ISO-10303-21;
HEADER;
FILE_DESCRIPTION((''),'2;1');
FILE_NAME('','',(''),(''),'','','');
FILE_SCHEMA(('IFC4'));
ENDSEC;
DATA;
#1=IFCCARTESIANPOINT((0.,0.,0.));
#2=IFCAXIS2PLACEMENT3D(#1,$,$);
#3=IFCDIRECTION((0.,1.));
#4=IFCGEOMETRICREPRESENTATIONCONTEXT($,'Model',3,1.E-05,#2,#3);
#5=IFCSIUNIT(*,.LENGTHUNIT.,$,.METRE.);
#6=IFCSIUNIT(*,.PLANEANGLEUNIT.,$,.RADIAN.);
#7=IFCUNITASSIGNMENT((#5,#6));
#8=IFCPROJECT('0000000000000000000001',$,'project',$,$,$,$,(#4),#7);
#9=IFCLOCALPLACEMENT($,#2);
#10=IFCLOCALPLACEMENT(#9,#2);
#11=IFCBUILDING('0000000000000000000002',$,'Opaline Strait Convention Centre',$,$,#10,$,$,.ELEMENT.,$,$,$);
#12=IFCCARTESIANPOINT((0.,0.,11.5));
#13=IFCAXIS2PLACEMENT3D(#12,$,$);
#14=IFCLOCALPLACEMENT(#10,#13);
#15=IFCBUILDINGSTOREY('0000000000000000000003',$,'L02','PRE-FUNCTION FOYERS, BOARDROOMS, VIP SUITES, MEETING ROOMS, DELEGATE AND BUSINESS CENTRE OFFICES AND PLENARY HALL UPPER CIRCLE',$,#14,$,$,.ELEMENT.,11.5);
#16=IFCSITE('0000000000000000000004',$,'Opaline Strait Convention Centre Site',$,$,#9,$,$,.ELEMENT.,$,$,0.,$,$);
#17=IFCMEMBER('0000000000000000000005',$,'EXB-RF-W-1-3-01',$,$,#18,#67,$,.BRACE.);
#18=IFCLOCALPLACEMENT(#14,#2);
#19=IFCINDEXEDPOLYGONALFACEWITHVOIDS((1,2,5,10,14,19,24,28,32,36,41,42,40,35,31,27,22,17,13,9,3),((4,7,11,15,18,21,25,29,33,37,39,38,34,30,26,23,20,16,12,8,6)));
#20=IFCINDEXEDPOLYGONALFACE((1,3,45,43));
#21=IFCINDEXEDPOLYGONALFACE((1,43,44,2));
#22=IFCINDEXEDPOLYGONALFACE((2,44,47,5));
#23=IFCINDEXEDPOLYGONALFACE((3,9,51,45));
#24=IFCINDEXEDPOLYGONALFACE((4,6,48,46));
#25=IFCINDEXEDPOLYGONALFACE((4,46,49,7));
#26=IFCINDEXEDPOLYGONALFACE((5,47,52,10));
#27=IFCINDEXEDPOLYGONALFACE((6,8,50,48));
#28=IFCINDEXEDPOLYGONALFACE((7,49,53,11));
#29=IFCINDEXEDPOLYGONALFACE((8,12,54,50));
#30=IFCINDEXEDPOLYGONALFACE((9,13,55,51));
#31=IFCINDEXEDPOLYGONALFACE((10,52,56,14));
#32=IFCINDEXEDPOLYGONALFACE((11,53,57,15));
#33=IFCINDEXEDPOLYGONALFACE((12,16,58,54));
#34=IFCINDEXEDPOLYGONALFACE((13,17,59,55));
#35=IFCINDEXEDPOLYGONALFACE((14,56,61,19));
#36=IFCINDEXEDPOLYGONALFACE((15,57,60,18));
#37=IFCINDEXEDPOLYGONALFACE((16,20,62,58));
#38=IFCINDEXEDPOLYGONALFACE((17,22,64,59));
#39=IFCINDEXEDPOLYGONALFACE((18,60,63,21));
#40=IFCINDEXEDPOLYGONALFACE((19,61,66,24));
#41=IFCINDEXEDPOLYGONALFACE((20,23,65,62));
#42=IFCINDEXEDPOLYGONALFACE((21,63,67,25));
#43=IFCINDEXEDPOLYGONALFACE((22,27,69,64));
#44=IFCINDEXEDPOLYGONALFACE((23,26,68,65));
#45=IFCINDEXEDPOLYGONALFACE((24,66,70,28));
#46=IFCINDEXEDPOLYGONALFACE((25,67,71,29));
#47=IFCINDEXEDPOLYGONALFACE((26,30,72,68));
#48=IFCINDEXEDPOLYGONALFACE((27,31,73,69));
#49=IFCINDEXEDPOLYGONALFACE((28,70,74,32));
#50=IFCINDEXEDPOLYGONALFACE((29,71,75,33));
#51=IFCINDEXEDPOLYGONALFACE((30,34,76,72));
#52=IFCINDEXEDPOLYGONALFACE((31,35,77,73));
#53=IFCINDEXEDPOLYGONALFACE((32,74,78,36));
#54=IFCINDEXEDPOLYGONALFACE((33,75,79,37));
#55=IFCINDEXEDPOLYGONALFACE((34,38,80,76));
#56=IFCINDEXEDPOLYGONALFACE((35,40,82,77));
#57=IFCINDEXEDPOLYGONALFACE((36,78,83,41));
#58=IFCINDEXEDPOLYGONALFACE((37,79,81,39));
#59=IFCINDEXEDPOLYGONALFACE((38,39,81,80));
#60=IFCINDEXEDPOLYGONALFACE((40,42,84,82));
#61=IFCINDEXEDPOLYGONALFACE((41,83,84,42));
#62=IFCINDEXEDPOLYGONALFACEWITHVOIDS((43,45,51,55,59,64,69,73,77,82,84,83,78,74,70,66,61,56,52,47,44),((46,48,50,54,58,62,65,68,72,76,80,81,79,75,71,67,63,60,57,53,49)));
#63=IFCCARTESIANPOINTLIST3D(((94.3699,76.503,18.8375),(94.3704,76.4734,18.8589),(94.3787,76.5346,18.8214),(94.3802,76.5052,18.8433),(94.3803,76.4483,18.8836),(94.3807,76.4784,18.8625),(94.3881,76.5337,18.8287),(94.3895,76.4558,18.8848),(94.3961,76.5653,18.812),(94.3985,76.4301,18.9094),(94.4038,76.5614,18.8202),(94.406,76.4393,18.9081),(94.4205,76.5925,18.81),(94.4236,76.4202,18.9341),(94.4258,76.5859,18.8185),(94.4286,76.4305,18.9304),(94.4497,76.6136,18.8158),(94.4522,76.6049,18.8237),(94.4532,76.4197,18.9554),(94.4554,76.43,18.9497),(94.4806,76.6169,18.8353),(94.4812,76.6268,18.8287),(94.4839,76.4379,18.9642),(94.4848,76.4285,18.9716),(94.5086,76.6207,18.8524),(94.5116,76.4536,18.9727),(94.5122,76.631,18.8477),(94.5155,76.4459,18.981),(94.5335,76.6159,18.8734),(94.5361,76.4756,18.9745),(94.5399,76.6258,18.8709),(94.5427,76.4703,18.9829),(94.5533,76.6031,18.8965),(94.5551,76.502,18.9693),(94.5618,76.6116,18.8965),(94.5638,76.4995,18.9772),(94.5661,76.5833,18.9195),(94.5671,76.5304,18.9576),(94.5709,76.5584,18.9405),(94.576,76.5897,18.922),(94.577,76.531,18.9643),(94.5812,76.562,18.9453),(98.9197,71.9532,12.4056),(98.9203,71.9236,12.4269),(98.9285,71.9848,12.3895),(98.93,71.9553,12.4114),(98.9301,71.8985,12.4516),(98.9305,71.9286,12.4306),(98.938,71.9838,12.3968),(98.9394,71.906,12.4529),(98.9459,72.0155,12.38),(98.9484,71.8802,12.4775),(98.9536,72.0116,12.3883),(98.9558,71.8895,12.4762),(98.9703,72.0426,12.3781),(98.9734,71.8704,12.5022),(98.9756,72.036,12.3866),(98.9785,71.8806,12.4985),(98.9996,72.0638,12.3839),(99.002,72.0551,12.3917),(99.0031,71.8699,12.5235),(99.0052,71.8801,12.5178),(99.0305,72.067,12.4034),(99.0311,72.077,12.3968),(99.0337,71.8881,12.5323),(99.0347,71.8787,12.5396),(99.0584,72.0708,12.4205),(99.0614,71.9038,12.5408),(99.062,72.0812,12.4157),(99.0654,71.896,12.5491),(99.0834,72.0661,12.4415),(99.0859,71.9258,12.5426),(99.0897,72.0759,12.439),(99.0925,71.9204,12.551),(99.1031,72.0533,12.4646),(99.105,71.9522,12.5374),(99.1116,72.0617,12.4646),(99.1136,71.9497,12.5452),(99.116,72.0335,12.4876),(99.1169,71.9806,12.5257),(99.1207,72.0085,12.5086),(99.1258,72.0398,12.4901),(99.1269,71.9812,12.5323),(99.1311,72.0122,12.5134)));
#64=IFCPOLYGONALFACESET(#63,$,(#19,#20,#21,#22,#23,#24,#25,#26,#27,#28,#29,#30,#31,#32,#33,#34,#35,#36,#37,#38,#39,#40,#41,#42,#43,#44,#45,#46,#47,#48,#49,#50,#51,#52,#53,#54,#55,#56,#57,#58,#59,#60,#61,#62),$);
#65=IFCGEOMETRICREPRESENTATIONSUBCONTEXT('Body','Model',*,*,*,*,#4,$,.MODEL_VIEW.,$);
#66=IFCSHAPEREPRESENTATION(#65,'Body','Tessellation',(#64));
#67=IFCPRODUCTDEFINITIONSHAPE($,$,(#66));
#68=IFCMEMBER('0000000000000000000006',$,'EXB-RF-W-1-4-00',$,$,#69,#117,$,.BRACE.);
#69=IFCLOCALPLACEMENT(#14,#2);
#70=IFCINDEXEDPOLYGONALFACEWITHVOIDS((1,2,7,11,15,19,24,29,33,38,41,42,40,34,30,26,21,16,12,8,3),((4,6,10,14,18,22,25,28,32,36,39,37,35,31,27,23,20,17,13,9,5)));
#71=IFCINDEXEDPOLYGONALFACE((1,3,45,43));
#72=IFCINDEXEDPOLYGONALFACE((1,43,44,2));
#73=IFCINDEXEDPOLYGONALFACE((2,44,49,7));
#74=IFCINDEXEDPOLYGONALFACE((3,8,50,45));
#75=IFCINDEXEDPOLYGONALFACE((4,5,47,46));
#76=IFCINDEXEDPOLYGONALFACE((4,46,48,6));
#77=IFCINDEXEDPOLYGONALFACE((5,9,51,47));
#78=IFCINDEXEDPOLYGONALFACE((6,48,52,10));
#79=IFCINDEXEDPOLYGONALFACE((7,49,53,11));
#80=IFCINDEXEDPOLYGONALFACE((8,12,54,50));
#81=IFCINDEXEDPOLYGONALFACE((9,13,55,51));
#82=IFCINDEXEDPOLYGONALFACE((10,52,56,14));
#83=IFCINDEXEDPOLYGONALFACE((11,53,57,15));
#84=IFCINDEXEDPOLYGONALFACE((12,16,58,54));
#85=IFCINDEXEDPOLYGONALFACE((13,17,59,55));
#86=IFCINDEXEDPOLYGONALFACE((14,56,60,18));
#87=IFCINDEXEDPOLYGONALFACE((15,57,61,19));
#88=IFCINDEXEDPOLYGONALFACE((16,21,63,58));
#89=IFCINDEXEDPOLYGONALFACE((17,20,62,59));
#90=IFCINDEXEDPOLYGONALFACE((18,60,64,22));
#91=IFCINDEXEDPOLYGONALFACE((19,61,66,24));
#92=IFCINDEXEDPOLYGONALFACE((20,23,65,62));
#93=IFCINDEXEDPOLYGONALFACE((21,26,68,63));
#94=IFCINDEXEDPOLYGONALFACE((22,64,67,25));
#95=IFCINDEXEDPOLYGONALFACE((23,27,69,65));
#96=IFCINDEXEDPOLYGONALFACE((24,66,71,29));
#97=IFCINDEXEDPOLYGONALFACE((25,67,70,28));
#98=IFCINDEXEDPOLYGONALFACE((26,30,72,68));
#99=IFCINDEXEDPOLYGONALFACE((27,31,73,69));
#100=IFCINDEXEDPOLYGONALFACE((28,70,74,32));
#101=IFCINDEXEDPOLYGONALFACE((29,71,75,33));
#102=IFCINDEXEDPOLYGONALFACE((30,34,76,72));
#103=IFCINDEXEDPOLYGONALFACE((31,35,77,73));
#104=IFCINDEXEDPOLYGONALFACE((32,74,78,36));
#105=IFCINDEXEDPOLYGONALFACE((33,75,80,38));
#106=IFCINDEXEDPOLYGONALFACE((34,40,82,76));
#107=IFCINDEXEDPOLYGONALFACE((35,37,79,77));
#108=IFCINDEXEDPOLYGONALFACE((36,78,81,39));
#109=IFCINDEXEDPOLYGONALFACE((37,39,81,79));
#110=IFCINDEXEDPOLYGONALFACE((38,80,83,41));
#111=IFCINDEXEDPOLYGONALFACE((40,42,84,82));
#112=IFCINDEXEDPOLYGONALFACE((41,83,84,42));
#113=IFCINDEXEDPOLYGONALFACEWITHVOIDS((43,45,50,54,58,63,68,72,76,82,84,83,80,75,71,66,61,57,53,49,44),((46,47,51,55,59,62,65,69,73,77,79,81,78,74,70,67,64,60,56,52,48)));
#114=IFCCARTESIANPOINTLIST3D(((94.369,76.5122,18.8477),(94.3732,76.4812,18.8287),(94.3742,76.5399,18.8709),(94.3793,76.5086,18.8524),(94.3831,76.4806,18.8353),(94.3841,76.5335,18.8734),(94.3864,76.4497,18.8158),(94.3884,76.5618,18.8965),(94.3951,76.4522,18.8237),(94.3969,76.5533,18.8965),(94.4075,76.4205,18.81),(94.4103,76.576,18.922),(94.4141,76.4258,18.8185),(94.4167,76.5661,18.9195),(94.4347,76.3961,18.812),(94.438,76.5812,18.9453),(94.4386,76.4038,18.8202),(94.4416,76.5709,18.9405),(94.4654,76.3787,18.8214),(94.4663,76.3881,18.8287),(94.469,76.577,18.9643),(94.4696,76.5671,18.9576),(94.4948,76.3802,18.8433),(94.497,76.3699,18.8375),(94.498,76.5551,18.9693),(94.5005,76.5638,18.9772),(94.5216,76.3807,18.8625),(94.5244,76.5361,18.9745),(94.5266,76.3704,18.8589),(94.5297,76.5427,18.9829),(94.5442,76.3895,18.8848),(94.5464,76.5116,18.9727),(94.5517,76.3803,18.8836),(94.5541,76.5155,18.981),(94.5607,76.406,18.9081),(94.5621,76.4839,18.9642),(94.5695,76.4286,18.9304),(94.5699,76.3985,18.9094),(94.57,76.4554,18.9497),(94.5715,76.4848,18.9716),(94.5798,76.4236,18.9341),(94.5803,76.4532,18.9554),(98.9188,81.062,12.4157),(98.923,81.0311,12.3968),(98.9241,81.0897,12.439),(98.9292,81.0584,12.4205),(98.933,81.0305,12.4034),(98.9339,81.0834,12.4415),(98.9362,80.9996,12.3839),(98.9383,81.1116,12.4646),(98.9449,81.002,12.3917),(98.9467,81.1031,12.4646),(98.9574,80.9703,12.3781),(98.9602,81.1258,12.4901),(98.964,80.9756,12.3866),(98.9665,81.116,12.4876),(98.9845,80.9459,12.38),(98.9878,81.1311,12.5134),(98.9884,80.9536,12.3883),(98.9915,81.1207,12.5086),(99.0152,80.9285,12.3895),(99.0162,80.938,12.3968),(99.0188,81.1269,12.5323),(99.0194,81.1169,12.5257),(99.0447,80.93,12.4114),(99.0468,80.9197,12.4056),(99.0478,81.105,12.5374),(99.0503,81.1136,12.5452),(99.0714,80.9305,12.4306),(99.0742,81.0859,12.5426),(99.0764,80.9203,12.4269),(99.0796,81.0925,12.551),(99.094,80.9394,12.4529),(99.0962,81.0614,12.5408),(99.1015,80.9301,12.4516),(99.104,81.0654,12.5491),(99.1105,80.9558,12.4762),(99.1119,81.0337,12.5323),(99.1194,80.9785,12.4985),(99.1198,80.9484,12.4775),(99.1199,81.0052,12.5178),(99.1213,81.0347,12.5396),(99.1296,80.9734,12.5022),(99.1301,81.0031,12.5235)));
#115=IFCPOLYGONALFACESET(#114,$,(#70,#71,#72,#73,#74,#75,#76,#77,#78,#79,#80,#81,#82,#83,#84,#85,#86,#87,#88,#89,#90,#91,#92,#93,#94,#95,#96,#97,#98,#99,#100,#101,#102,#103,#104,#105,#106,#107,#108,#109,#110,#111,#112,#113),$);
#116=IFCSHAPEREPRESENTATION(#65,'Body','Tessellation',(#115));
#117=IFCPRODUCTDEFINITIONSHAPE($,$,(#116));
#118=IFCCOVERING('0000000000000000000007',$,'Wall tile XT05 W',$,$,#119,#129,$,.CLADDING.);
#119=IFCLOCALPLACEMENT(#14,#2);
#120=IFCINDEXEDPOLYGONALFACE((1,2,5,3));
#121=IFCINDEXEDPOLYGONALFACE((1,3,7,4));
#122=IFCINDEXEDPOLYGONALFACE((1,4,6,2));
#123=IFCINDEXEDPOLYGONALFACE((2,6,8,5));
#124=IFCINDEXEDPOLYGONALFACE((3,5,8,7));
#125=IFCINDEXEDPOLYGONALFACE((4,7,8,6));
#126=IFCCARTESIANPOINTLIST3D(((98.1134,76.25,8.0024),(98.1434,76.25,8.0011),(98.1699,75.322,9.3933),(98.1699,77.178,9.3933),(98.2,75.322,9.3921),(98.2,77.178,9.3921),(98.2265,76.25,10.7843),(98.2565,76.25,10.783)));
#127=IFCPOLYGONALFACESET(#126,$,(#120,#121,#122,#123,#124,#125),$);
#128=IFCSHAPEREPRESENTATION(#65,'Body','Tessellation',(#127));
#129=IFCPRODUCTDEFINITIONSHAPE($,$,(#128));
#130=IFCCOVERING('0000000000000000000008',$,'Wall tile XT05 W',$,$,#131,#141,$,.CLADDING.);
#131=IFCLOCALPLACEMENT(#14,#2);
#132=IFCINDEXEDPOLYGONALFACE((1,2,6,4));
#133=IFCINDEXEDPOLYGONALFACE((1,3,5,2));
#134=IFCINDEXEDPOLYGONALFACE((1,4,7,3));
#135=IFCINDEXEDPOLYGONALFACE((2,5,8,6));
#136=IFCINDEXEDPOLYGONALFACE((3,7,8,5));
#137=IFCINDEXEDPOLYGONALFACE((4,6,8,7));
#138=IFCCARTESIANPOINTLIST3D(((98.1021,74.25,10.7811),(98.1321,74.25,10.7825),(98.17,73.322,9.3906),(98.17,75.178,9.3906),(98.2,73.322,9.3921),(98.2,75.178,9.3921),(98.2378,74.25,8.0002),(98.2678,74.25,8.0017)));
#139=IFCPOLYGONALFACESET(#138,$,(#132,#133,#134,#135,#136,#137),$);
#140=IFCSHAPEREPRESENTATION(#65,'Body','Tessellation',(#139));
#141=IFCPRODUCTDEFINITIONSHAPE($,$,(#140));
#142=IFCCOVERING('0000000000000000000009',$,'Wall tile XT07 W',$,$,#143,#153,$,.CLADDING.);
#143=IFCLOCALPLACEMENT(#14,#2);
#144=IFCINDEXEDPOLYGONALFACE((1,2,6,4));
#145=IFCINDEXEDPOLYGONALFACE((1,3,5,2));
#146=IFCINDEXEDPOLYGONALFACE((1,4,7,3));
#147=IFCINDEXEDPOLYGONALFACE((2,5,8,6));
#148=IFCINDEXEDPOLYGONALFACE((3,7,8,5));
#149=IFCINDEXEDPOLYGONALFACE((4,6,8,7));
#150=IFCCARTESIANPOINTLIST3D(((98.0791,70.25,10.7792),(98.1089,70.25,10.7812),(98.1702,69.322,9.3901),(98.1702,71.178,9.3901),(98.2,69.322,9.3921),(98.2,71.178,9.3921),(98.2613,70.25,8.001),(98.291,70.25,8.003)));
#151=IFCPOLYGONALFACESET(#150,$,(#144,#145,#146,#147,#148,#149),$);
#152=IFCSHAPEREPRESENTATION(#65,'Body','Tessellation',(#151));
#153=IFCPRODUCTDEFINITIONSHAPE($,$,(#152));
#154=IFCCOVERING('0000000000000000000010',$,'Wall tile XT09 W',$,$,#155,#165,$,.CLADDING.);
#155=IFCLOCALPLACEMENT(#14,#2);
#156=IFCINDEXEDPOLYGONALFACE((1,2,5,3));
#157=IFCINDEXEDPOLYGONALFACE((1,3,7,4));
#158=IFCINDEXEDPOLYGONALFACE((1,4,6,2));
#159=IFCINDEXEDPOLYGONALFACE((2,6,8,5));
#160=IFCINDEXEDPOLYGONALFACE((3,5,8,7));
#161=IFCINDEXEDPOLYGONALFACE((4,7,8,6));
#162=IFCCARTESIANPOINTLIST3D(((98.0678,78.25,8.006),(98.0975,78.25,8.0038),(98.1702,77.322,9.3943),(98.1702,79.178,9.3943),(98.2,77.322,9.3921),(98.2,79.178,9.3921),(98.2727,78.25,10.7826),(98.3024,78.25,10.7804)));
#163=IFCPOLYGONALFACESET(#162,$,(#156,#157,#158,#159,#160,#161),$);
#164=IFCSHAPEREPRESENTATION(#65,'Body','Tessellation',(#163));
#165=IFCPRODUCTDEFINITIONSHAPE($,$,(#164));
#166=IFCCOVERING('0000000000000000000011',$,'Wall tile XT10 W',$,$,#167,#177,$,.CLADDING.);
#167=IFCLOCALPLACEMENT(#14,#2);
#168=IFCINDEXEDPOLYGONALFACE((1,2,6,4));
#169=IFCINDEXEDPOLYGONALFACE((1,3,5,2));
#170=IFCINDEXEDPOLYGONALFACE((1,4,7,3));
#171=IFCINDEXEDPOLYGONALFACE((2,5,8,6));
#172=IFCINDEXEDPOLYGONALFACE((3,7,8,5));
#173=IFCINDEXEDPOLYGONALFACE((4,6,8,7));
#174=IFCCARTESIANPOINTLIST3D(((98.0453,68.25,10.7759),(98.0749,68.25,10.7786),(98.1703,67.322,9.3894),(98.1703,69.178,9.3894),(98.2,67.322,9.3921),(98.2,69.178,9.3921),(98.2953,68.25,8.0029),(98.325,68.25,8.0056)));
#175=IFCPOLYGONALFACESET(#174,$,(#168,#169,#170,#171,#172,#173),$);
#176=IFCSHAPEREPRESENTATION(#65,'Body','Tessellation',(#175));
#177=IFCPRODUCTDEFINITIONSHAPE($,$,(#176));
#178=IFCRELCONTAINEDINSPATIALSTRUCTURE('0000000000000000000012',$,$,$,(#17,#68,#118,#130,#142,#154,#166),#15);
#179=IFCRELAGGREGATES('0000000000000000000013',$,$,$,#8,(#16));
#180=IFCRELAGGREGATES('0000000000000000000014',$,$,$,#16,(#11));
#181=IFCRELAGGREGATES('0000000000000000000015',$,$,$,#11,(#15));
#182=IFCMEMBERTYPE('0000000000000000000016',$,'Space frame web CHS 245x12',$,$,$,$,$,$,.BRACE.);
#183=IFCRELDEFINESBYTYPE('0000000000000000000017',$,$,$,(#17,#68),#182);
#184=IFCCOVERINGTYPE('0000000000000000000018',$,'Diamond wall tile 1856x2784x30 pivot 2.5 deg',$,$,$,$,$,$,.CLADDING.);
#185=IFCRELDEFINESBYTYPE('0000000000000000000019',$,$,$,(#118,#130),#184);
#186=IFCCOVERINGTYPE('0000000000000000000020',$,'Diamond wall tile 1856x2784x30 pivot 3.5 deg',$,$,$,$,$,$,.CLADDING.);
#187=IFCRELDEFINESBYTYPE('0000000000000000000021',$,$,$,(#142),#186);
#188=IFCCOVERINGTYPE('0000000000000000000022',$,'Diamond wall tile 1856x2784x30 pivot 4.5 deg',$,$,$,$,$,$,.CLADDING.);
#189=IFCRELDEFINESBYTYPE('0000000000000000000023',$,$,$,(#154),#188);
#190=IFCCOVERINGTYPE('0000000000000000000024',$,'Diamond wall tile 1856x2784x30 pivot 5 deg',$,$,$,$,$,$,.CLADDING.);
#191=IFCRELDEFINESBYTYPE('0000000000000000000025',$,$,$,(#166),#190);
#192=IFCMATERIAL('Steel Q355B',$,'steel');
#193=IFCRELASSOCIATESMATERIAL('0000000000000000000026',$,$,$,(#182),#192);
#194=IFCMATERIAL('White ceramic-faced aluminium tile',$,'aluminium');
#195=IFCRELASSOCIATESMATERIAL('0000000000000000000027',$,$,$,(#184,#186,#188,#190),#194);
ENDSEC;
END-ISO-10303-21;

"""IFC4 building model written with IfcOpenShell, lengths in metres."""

from ifc_helpers import new_model, si_unit, direction, frame, origin, origin_2d, place, context, subcontext, project, spatial, polyline, hollow_circle, outline, extrude, material, material_profile, profile_set, type_object, element, save


model = new_model("IFC4")

# Units and contexts
model_context = context("Model", 3, precision=1e-05, world=origin(), true_north=direction((0.0, 1.0)))
body_context = subcontext(model_context, "Body", "Model", "MODEL_VIEW")
ifc_project = project(units=[si_unit("LENGTHUNIT", "METRE"), si_unit("PLANEANGLEUNIT", "RADIAN")], contexts=[model_context])

# Site, building, storey
site_placement = place(None, origin())
site = spatial("IfcSite", under=ifc_project, at=site_placement, Name="Opaline Strait Convention Centre Site", CompositionType="ELEMENT", RefElevation=0.0)
building_placement = place(site_placement, origin())
building = spatial("IfcBuilding", under=site, at=building_placement, Name="Opaline Strait Convention Centre", CompositionType="ELEMENT")
storey_placement = place(building_placement, frame((0.0, 0.0, 11.5)))
storey = spatial("IfcBuildingStorey", under=building, at=storey_placement, Name="L02", Description="PRE-FUNCTION FOYERS, BOARDROOMS, VIP SUITES, MEETING ROOMS, DELEGATE AND BUSINESS CENTRE OFFICES AND PLENARY HALL UPPER CIRCLE", CompositionType="ELEMENT", Elevation=11.5)

# Members
ifc_material_1 = material(Name="Steel Q355B", Category="steel")
ifc_material_profile_1 = material_profile(ifc_material_1, hollow_circle(Radius=0.1226, WallThickness=0.012, at=origin_2d()), Name="CHS 245x12")
ifc_profile_set_1 = profile_set([ifc_material_profile_1], Name="Steel Q355B")
member_type_1 = type_object("IfcMemberType", Name="Space frame web CHS 245x12", PredefinedType="BRACE", material=ifc_profile_set_1)
for number, where, z_axis, x_axis, name in (
    (1, (94.4751, 76.5249, 18.8965), (0.500098, -0.500098, -0.706969), (0.707107, 0.707107, 0.0), "EXB-RF-W-1-3-01"),
    (2, (94.4751, 76.4751, 18.8965), (0.500098, 0.500098, -0.706969), (-0.707107, 0.707107, 0.0), "EXB-RF-W-1-4-00"),
):
    element("IfcMember", number, at=place(storey_placement, frame(where, z_axis=z_axis, x_axis=x_axis)), inside=storey, type_object=member_type_1, Name=name, PredefinedType="BRACE", context=body_context, shape_type="SweptSolid", body=[
        extrude(hollow_circle(Radius=0.1226, WallThickness=0.012, at=origin_2d()), origin(), (0.0, 0.0, 1.0), 9.0979),
    ])

# Coverings
ifc_material_2 = material(Name="White ceramic-faced aluminium tile", Category="aluminium")
ifc_material_profile_2 = material_profile(ifc_material_2, outline(polyline([(0.928, 0.0), (0.0, 1.3921), (-0.928, 0.0), (0.0, -1.3921), (0.928, 0.0)])), Name="Diamond tile 1856x2784")
ifc_profile_set_2 = profile_set([ifc_material_profile_2], Name="White ceramic-faced aluminium tile")
covering_type_1 = type_object("IfcCoveringType", Name="Diamond wall tile 1856x2784x30 pivot 2.5 deg", PredefinedType="CLADDING", material=ifc_profile_set_2)
for number, where, z_axis, x_axis, name in (
    (3, (98.2, 76.25, 9.3921), (-0.999175, 0.0, 0.040617), (0.0, -1.0, 0.0), "Wall tile XT05 W"),
    (4, (98.2, 74.25, 9.3921), (-0.998812, 0.0, -0.048723), (0.0, -1.0, 0.0), "Wall tile XT05 W"),
):
    element("IfcCovering", number, at=place(storey_placement, frame(where, z_axis=z_axis, x_axis=x_axis)), inside=storey, type_object=covering_type_1, Name=name, PredefinedType="CLADDING", context=body_context, shape_type="SweptSolid", body=[
        extrude(outline(polyline([(0.928, 0.0), (0.0, 1.3921), (-0.928, 0.0), (0.0, -1.3921), (0.928, 0.0)])), origin(), (0.0, 0.0, 1.0), 0.03),
    ])
ifc_material_profile_3 = material_profile(ifc_material_2, outline(polyline([(0.928, 0.0), (0.0, 1.3921), (-0.928, 0.0), (0.0, -1.3921), (0.928, 0.0)])), Name="Diamond tile 1856x2784")
ifc_profile_set_3 = profile_set([ifc_material_profile_3], Name="White ceramic-faced aluminium tile")
covering_type_2 = type_object("IfcCoveringType", Name="Diamond wall tile 1856x2784x30 pivot 3.5 deg", PredefinedType="CLADDING", material=ifc_profile_set_3)
covering_1_placement = place(storey_placement, frame((98.2, 70.25, 9.3921), z_axis=(-0.997857, 0.0, -0.065433), x_axis=(0.0, -1.0, 0.0)))
element("IfcCovering", 5, at=covering_1_placement, inside=storey, type_object=covering_type_2, Name="Wall tile XT07 W", PredefinedType="CLADDING", context=body_context, shape_type="SweptSolid", body=[
    extrude(outline(polyline([(0.928, 0.0), (0.0, 1.3921), (-0.928, 0.0), (0.0, -1.3921), (0.928, 0.0)])), origin(), (0.0, 0.0, 1.0), 0.0298),
])
ifc_material_profile_4 = material_profile(ifc_material_2, outline(polyline([(0.928, 0.0), (0.0, 1.3921), (-0.928, 0.0), (0.0, -1.3921), (0.928, 0.0)])), Name="Diamond tile 1856x2784")
ifc_profile_set_4 = profile_set([ifc_material_profile_4], Name="White ceramic-faced aluminium tile")
covering_type_3 = type_object("IfcCoveringType", Name="Diamond wall tile 1856x2784x30 pivot 4.5 deg", PredefinedType="CLADDING", material=ifc_profile_set_4)
covering_2_placement = place(storey_placement, frame((98.2, 78.25, 9.3921), z_axis=(-0.99729, 0.0, 0.073571), x_axis=(0.0, -1.0, 0.0)))
element("IfcCovering", 6, at=covering_2_placement, inside=storey, type_object=covering_type_3, Name="Wall tile XT09 W", PredefinedType="CLADDING", context=body_context, shape_type="SweptSolid", body=[
    extrude(outline(polyline([(0.928, 0.0), (0.0, 1.3921), (-0.928, 0.0), (0.0, -1.3921), (0.928, 0.0)])), origin(), (0.0, 0.0, 1.0), 0.0298),
])
ifc_material_profile_5 = material_profile(ifc_material_2, outline(polyline([(0.928, 0.0), (0.0, 1.3921), (-0.928, 0.0), (0.0, -1.3921), (0.928, 0.0)])), Name="Diamond tile 1856x2784")
ifc_profile_set_5 = profile_set([ifc_material_profile_5], Name="White ceramic-faced aluminium tile")
covering_type_4 = type_object("IfcCoveringType", Name="Diamond wall tile 1856x2784x30 pivot 5 deg", PredefinedType="CLADDING", material=ifc_profile_set_5)
covering_3_placement = place(storey_placement, frame((98.2, 68.25, 9.3921), z_axis=(-0.99596, 0.0, -0.0898), x_axis=(0.0, -1.0, 0.0)))
element("IfcCovering", 7, at=covering_3_placement, inside=storey, type_object=covering_type_4, Name="Wall tile XT10 W", PredefinedType="CLADDING", context=body_context, shape_type="SweptSolid", body=[
    extrude(outline(polyline([(0.928, 0.0), (0.0, 1.3921), (-0.928, 0.0), (0.0, -1.3921), (0.928, 0.0)])), origin(), (0.0, 0.0, 1.0), 0.0298),
])

save(model, "model.ifc")
